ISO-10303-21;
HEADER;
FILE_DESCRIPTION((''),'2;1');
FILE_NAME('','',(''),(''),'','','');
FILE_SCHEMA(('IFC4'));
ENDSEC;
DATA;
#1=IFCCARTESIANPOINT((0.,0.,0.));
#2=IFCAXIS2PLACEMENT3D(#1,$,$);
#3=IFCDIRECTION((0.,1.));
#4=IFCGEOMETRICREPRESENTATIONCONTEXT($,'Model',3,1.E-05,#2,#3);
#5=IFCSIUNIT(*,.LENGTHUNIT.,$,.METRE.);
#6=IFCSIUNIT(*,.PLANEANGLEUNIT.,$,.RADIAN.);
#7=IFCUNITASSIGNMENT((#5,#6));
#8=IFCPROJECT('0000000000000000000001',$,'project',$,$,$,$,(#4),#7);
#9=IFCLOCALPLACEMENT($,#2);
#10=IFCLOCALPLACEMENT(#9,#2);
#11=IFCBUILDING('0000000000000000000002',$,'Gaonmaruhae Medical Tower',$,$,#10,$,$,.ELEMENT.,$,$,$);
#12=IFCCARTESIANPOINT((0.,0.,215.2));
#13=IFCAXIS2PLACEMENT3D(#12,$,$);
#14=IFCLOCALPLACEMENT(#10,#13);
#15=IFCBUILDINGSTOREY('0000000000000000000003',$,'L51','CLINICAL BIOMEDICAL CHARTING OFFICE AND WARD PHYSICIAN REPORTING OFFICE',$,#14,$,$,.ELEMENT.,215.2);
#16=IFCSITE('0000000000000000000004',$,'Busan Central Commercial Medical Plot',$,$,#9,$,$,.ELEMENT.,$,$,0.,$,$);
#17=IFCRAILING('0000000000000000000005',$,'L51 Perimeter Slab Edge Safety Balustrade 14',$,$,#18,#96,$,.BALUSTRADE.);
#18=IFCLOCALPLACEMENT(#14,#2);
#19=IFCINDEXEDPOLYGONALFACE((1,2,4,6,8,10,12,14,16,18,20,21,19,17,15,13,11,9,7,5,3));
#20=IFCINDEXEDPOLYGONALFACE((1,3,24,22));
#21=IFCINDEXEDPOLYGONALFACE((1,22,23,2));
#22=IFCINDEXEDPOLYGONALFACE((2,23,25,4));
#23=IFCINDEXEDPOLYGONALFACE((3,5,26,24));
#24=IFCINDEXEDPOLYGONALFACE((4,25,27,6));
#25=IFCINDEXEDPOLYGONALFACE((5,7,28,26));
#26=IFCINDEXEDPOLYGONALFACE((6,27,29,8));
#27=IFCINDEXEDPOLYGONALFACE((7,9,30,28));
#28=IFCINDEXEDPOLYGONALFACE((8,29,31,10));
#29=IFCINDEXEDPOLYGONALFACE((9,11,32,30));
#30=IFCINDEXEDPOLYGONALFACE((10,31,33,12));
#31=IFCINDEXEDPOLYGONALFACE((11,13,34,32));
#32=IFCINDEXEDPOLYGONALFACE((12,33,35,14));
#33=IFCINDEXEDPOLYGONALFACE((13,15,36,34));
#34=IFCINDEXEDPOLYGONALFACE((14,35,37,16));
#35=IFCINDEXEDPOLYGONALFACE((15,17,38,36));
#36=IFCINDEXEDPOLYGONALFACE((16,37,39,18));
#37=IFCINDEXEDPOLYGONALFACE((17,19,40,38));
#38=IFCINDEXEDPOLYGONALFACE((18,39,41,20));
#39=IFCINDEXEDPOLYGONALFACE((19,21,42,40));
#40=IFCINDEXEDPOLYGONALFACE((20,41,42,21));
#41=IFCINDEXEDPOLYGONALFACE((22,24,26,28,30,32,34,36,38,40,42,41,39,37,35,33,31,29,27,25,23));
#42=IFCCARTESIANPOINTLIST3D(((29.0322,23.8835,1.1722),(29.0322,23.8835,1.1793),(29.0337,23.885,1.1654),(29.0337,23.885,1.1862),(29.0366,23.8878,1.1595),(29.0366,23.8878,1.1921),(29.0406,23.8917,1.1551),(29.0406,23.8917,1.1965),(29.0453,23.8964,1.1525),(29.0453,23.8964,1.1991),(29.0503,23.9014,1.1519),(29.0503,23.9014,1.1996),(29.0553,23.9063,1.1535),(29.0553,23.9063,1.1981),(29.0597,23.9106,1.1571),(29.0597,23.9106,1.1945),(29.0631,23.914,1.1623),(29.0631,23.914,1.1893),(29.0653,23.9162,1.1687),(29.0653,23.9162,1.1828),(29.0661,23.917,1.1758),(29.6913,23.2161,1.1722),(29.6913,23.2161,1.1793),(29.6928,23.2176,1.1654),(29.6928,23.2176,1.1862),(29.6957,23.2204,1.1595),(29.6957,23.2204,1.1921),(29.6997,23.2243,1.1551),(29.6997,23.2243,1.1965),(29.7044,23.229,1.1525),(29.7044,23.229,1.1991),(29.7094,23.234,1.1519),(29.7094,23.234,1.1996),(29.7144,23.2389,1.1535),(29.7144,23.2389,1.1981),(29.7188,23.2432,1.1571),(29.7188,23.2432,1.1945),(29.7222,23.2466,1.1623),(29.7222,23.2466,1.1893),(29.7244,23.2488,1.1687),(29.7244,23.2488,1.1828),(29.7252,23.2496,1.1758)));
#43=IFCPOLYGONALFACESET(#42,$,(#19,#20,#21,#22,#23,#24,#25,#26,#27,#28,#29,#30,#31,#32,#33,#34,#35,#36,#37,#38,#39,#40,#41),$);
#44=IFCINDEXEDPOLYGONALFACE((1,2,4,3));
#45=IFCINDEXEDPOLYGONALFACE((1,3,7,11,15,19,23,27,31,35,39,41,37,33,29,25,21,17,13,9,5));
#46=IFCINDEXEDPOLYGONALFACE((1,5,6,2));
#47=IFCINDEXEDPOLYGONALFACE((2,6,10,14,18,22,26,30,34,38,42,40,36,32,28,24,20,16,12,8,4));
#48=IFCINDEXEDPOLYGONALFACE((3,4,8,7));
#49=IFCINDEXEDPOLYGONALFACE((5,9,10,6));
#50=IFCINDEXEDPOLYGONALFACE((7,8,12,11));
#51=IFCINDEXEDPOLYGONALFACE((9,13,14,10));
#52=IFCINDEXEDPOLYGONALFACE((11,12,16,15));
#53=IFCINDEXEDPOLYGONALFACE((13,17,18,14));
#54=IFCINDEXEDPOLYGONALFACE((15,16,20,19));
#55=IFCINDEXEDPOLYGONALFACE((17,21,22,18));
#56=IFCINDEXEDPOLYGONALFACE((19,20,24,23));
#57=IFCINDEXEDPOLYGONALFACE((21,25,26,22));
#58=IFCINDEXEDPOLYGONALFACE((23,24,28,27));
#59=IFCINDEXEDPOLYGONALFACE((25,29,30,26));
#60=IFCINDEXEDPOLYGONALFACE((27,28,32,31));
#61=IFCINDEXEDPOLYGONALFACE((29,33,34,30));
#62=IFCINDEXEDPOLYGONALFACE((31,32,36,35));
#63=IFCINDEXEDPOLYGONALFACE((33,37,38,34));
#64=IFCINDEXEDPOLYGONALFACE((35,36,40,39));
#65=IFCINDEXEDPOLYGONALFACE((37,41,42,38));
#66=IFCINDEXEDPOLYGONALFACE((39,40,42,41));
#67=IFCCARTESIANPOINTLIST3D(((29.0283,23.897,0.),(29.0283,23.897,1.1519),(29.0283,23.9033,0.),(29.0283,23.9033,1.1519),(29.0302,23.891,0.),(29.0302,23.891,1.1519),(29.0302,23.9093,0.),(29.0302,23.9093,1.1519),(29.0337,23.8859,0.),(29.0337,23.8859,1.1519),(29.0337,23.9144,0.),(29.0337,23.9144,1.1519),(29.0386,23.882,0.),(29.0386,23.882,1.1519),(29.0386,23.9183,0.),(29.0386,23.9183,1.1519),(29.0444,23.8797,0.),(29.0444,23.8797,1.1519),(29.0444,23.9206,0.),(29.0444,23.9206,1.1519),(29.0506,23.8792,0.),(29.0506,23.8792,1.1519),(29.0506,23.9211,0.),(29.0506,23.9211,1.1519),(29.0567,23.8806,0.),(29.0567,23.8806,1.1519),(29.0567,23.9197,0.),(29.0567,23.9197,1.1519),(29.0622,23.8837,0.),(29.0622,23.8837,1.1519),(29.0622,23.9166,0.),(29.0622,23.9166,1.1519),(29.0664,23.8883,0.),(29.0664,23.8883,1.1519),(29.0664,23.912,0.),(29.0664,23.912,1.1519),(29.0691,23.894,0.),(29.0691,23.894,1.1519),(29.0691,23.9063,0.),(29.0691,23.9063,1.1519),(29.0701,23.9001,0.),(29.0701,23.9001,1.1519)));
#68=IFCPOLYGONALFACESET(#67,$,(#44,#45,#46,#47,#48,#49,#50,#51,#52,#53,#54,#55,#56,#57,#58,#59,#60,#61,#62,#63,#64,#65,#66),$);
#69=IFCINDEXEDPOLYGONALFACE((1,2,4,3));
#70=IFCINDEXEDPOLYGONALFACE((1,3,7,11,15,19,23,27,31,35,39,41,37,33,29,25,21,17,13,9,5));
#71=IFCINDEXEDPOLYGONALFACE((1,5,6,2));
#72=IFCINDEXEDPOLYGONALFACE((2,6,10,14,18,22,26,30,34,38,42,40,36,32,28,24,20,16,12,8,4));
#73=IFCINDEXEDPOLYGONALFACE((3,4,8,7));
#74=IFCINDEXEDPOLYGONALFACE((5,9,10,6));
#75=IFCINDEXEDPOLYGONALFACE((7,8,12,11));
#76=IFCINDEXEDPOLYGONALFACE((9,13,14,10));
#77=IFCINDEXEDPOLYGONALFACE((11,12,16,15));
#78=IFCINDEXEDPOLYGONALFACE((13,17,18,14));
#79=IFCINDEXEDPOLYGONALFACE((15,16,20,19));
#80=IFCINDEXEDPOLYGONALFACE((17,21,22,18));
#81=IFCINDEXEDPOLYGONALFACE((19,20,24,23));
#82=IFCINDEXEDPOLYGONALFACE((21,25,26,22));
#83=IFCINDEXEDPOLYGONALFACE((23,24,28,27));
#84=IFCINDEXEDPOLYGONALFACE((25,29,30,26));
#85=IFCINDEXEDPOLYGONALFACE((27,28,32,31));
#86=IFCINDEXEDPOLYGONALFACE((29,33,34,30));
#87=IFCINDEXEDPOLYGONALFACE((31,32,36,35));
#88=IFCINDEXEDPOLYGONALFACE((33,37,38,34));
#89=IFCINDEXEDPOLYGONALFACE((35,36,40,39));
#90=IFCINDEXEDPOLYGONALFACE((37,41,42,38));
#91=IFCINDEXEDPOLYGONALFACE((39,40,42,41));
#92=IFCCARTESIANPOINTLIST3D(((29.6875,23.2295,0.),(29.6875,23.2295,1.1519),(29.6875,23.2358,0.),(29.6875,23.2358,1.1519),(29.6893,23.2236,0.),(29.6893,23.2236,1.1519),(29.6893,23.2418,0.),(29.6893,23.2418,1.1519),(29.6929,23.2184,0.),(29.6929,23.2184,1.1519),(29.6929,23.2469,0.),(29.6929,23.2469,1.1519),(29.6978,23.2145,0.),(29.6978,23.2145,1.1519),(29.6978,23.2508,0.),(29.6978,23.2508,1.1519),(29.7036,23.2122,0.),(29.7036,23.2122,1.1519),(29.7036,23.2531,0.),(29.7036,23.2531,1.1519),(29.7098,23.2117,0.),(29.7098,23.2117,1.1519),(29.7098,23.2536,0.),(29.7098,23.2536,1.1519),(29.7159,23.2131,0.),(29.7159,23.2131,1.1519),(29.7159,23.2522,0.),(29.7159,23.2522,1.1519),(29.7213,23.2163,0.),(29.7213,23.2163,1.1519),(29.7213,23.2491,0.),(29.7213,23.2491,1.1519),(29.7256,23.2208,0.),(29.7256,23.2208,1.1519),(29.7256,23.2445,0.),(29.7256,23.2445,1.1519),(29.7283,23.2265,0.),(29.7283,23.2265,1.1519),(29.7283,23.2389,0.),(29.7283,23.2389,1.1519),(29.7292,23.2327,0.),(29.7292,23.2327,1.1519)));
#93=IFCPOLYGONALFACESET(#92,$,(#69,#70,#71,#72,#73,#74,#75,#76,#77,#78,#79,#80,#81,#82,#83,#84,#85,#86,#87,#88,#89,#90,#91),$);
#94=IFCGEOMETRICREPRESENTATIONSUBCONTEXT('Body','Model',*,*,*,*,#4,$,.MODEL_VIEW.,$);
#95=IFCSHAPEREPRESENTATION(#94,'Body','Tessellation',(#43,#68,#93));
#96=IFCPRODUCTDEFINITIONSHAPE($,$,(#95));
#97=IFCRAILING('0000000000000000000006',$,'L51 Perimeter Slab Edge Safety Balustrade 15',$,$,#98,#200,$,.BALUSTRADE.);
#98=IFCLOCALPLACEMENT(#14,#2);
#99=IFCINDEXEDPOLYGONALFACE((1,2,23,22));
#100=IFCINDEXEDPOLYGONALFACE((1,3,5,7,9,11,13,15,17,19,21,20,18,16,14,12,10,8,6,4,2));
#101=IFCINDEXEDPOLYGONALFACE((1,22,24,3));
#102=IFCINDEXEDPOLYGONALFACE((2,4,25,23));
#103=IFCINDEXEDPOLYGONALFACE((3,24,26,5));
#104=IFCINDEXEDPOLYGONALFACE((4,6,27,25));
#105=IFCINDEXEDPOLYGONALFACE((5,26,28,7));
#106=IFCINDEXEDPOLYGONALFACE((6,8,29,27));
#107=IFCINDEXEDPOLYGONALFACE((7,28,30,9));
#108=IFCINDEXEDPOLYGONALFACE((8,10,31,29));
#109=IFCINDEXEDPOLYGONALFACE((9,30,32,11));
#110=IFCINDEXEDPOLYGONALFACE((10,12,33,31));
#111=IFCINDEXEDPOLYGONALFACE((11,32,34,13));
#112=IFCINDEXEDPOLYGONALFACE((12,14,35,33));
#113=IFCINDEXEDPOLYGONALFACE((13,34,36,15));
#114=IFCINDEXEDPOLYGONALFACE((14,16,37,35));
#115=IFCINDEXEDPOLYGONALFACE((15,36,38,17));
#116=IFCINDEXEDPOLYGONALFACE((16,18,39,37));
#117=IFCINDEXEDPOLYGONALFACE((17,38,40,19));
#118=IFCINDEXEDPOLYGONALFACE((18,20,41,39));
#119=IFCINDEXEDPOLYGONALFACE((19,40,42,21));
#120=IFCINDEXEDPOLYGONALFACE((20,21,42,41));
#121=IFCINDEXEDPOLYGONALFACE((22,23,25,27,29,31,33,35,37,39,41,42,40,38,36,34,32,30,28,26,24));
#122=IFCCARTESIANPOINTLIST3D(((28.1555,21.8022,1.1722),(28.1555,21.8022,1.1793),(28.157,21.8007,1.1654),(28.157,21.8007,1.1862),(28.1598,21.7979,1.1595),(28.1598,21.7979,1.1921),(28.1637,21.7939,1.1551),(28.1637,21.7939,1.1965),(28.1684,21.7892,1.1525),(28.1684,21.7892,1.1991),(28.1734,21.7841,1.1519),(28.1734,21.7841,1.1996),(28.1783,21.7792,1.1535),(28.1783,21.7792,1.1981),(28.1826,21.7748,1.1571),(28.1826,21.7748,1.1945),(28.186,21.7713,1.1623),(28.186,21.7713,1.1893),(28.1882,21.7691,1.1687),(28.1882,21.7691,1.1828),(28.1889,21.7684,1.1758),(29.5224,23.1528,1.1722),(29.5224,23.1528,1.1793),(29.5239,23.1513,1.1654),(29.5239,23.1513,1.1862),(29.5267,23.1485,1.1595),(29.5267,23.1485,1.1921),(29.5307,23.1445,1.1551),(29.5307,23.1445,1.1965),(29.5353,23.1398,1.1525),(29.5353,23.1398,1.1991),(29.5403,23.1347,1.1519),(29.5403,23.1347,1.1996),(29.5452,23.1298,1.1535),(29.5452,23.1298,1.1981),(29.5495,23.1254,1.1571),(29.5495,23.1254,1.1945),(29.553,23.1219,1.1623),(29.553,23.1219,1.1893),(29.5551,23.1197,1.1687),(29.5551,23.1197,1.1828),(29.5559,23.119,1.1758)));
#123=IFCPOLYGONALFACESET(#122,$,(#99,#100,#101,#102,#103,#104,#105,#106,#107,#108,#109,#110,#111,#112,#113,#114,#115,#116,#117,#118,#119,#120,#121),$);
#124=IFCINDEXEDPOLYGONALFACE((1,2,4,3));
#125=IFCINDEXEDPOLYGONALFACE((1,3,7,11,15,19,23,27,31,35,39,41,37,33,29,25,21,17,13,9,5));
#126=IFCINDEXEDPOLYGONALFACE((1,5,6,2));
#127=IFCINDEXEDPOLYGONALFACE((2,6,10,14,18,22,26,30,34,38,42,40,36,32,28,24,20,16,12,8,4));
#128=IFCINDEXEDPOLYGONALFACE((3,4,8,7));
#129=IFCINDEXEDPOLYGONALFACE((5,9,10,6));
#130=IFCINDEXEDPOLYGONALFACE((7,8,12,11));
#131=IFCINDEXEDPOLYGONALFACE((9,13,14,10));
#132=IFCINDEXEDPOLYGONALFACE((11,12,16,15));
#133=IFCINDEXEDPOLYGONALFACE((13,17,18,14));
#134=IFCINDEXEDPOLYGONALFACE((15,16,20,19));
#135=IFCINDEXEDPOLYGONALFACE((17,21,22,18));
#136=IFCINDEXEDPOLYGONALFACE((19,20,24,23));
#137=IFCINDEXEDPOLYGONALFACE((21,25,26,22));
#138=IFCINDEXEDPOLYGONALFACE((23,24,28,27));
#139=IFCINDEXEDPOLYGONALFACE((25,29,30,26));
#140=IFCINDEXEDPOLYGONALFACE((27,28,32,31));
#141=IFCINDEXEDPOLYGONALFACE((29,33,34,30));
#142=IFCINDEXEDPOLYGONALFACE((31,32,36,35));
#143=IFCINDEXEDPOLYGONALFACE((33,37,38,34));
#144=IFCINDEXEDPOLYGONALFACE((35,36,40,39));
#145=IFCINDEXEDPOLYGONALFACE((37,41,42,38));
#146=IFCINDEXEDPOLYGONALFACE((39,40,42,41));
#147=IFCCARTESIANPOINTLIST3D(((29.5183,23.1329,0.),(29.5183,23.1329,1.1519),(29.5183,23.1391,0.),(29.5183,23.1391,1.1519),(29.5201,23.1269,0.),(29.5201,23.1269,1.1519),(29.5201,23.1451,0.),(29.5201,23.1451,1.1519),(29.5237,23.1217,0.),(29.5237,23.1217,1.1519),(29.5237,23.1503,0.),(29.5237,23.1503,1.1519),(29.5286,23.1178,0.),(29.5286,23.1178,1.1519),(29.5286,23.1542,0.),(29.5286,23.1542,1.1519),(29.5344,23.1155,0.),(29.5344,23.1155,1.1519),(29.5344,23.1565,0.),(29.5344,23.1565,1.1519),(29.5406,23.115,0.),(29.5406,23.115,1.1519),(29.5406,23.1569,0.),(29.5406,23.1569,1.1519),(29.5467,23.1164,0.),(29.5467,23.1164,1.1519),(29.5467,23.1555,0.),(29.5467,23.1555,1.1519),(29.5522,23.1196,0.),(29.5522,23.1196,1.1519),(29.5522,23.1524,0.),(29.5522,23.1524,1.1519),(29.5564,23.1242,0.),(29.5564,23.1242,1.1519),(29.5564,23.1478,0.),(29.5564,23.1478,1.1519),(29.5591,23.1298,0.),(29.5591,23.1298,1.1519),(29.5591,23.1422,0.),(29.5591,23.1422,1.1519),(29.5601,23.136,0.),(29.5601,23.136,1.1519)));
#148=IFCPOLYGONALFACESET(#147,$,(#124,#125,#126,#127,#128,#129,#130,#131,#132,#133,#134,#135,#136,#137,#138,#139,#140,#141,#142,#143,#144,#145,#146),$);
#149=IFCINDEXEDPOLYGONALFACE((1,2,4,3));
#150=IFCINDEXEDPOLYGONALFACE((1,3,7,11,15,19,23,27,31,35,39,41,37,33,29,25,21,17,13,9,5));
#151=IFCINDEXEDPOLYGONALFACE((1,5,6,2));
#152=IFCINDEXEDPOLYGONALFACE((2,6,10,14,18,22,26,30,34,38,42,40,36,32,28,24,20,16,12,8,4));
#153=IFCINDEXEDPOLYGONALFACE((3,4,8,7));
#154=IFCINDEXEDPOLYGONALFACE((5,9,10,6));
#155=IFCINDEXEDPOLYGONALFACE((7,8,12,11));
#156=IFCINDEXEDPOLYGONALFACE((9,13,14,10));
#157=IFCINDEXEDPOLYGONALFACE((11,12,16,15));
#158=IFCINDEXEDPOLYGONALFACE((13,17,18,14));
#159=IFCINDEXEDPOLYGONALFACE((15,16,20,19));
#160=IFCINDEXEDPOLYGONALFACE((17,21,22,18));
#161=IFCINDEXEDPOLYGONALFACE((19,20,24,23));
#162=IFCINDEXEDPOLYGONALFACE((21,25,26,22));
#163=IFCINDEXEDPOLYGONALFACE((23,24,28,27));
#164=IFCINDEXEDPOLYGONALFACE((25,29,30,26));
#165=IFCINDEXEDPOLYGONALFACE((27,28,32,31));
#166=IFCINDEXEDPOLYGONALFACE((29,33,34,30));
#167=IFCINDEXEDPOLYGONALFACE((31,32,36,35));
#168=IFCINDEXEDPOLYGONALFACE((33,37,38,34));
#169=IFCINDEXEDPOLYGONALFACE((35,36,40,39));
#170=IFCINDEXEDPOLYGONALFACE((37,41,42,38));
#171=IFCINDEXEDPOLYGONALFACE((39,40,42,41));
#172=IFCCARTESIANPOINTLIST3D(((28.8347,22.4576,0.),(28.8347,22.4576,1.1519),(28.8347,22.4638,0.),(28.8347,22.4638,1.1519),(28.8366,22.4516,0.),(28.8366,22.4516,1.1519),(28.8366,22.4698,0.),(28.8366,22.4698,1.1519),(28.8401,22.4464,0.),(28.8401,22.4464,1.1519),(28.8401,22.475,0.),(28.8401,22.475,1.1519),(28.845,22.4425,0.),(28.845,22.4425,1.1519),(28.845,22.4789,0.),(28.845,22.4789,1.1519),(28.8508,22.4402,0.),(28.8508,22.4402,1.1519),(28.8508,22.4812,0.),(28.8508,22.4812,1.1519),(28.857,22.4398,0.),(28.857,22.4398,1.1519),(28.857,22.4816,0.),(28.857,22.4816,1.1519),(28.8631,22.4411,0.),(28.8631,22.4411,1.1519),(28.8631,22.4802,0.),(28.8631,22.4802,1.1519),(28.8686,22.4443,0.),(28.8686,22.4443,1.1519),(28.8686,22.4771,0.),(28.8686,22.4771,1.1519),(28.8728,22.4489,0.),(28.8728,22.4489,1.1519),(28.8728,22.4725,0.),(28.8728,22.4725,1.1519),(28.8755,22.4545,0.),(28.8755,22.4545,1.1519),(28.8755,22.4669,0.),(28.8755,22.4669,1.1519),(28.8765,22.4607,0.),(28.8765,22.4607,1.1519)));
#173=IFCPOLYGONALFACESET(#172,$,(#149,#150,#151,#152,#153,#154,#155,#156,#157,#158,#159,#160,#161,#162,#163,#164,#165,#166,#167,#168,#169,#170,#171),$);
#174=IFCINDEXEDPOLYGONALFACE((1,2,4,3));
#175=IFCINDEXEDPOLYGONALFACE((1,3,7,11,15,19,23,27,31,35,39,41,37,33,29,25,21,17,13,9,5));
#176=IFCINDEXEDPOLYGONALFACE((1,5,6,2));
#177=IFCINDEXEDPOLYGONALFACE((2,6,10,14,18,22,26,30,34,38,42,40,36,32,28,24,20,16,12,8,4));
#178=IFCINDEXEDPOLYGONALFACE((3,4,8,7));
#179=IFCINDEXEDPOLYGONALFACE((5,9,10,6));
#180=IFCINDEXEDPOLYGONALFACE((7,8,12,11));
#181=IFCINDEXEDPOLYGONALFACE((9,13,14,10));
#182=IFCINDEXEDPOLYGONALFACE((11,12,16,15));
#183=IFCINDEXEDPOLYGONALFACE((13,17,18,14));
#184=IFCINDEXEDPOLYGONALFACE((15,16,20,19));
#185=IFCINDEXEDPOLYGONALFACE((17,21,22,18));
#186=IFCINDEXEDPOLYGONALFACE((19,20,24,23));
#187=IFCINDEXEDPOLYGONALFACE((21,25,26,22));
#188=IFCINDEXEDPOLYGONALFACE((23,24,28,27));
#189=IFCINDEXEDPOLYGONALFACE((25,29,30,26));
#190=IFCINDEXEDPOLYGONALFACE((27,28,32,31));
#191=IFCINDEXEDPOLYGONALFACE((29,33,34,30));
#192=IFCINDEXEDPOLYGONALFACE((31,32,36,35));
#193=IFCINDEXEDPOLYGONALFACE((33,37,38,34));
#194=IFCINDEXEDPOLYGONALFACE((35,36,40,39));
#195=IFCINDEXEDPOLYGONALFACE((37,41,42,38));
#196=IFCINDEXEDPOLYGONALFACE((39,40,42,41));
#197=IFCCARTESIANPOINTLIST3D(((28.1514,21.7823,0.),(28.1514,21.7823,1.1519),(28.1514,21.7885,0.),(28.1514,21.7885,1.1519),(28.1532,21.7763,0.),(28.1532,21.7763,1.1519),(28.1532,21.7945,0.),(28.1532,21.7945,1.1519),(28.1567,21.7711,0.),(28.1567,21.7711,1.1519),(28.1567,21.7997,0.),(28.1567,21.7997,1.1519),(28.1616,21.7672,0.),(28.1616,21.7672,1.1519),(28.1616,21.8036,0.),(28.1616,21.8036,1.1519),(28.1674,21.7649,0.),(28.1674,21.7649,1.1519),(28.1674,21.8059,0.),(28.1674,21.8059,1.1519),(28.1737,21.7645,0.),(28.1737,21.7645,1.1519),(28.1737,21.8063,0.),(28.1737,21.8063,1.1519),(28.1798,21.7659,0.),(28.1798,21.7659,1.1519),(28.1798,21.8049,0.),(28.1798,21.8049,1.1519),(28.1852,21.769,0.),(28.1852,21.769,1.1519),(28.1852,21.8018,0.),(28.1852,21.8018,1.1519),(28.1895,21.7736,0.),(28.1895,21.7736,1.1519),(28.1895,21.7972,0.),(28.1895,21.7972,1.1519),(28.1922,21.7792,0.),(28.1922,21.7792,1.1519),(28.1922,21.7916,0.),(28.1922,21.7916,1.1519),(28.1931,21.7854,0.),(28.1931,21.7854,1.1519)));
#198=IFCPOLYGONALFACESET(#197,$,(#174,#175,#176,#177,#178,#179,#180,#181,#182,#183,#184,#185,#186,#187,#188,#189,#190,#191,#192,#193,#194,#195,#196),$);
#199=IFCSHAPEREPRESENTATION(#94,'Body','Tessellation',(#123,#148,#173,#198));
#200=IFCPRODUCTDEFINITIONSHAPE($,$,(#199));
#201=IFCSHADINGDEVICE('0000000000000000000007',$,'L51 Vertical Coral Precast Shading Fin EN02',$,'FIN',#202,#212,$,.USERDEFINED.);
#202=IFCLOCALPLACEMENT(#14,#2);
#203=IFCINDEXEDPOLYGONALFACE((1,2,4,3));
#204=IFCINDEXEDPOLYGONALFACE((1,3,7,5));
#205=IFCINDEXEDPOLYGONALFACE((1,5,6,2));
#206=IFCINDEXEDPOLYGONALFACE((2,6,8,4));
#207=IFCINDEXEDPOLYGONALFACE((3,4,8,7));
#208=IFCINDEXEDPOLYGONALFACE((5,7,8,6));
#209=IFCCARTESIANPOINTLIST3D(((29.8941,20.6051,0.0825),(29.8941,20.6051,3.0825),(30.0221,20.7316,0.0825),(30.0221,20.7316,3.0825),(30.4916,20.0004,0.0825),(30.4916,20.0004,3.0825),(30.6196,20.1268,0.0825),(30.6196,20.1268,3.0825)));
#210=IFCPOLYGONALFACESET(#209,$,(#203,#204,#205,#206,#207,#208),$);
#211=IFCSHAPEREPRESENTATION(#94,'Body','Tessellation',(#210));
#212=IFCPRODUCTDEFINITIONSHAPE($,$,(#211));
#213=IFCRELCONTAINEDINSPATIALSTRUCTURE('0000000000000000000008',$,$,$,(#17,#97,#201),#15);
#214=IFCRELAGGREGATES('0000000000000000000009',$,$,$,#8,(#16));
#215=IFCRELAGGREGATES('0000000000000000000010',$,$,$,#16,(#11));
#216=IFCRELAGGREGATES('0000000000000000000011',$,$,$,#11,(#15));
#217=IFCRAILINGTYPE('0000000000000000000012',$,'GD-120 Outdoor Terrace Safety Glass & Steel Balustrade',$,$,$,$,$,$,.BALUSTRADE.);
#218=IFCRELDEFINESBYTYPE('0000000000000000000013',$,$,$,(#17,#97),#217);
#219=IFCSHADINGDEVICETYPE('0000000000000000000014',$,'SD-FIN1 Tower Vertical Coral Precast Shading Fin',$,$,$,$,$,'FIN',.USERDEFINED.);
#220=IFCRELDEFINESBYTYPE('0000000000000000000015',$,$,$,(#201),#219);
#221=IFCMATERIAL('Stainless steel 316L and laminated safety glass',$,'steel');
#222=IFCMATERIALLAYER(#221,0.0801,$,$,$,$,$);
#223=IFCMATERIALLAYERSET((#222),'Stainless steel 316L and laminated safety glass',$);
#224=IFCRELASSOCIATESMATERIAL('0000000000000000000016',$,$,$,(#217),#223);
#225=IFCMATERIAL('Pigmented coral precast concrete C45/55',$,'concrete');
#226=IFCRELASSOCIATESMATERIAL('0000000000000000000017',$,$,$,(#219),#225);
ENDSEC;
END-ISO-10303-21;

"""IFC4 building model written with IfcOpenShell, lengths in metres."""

from ifc_helpers import new_model, si_unit, direction, frame, origin, origin_2d, place, context, subcontext, project, spatial, rectangle, circle, extrude, material, layer, layer_set, type_object, element, save


model = new_model("IFC4")

# Units and contexts
model_context = context("Model", 3, precision=1e-05, world=origin(), true_north=direction((0.0, 1.0)))
body_context = subcontext(model_context, "Body", "Model", "MODEL_VIEW")
ifc_project = project(units=[si_unit("LENGTHUNIT", "METRE"), si_unit("PLANEANGLEUNIT", "RADIAN")], contexts=[model_context])

# Site, building, storey
site_placement = place(None, origin())
site = spatial("IfcSite", under=ifc_project, at=site_placement, Name="Busan Central Commercial Medical Plot", CompositionType="ELEMENT", RefElevation=0.0)
building_placement = place(site_placement, origin())
building = spatial("IfcBuilding", under=site, at=building_placement, Name="Gaonmaruhae Medical Tower", CompositionType="ELEMENT")
storey_placement = place(building_placement, frame((0.0, 0.0, 215.2)))
storey = spatial("IfcBuildingStorey", under=building, at=storey_placement, Name="L51", Description="CLINICAL BIOMEDICAL CHARTING OFFICE AND WARD PHYSICIAN REPORTING OFFICE", CompositionType="ELEMENT", Elevation=215.2)

# Railings
ifc_material_1 = material(Name="Stainless steel 316L and laminated safety glass", Category="steel")
ifc_layer_1 = layer(ifc_material_1, 0.0801)
ifc_layer_set_1 = layer_set([ifc_layer_1], Name="Stainless steel 316L and laminated safety glass")
railing_type = type_object("IfcRailingType", Name="GD-120 Outdoor Terrace Safety Glass & Steel Balustrade", PredefinedType="BALUSTRADE", material=ifc_layer_set_1)
railing_1_placement = place(storey_placement, frame((29.0491, 23.9001, 0.0)))
element("IfcRailing", 1, at=railing_1_placement, inside=storey, type_object=railing_type, Name="L51 Perimeter Slab Edge Safety Balustrade 14", PredefinedType="BALUSTRADE", context=body_context, shape_type="SweptSolid", body=[
    extrude(circle(Radius=0.0239, at=origin_2d()), frame((0.0, 0.0, 1.1758), z_axis=(0.702669, -0.711517, 0.0), x_axis=(0.711517, 0.702669, 0.0)), (0.0, 0.0, 1.0), 0.938),
    extrude(circle(Radius=0.021, at=origin_2d()), origin(), (0.0, 0.0, 1.0), 1.1519),
    extrude(circle(Radius=0.021, at=origin_2d()), frame((0.6592, -0.6675, 0.0)), (0.0, 0.0, 1.0), 1.1519),
])
railing_2_placement = place(storey_placement, frame((29.5391, 23.136, 0.0)))
element("IfcRailing", 2, at=railing_2_placement, inside=storey, type_object=railing_type, Name="L51 Perimeter Slab Edge Safety Balustrade 15", PredefinedType="BALUSTRADE", context=body_context, shape_type="SweptSolid", body=[
    extrude(circle(Radius=0.0239, at=origin_2d()), frame((0.0, 0.0, 1.1758), z_axis=(-0.71135, -0.702838, 0.0), x_axis=(0.702838, -0.71135, 0.0)), (0.0, 0.0, 1.0), 1.9216),
    extrude(circle(Radius=0.021, at=origin_2d()), origin(), (0.0, 0.0, 1.0), 1.1519),
    extrude(circle(Radius=0.021, at=origin_2d()), frame((-0.6836, -0.6753, 0.0)), (0.0, 0.0, 1.0), 1.1519),
    extrude(circle(Radius=0.021, at=origin_2d()), frame((-1.3669, -1.3506, 0.0)), (0.0, 0.0, 1.0), 1.1519),
])

# Shading device
ifc_material_2 = material(Name="Pigmented coral precast concrete C45/55", Category="concrete")
shading_device_type = type_object("IfcShadingDeviceType", Name="SD-FIN1 Tower Vertical Coral Precast Shading Fin", ElementType="FIN", PredefinedType="USERDEFINED", material=ifc_material_2)
for number, where, z_axis, x_axis, name in (
    (3, (30.2568, 20.366, 0.0825), (0.0, 0.0, 1.0), (0.711401, 0.702787, 0.0), "L51 Vertical Coral Precast Shading Fin EN02"),
):
    element("IfcShadingDevice", number, at=place(storey_placement, frame(where, z_axis=z_axis, x_axis=x_axis)), inside=storey, type_object=shading_device_type, Name=name, ObjectType="FIN", PredefinedType="USERDEFINED", context=body_context, shape_type="SweptSolid", body=[
        extrude(rectangle(XDim=0.1799, YDim=0.8501, at=origin_2d()), origin(), (0.0, 0.0, 1.0), 3.0),
    ])

save(model, "model.ifc")
